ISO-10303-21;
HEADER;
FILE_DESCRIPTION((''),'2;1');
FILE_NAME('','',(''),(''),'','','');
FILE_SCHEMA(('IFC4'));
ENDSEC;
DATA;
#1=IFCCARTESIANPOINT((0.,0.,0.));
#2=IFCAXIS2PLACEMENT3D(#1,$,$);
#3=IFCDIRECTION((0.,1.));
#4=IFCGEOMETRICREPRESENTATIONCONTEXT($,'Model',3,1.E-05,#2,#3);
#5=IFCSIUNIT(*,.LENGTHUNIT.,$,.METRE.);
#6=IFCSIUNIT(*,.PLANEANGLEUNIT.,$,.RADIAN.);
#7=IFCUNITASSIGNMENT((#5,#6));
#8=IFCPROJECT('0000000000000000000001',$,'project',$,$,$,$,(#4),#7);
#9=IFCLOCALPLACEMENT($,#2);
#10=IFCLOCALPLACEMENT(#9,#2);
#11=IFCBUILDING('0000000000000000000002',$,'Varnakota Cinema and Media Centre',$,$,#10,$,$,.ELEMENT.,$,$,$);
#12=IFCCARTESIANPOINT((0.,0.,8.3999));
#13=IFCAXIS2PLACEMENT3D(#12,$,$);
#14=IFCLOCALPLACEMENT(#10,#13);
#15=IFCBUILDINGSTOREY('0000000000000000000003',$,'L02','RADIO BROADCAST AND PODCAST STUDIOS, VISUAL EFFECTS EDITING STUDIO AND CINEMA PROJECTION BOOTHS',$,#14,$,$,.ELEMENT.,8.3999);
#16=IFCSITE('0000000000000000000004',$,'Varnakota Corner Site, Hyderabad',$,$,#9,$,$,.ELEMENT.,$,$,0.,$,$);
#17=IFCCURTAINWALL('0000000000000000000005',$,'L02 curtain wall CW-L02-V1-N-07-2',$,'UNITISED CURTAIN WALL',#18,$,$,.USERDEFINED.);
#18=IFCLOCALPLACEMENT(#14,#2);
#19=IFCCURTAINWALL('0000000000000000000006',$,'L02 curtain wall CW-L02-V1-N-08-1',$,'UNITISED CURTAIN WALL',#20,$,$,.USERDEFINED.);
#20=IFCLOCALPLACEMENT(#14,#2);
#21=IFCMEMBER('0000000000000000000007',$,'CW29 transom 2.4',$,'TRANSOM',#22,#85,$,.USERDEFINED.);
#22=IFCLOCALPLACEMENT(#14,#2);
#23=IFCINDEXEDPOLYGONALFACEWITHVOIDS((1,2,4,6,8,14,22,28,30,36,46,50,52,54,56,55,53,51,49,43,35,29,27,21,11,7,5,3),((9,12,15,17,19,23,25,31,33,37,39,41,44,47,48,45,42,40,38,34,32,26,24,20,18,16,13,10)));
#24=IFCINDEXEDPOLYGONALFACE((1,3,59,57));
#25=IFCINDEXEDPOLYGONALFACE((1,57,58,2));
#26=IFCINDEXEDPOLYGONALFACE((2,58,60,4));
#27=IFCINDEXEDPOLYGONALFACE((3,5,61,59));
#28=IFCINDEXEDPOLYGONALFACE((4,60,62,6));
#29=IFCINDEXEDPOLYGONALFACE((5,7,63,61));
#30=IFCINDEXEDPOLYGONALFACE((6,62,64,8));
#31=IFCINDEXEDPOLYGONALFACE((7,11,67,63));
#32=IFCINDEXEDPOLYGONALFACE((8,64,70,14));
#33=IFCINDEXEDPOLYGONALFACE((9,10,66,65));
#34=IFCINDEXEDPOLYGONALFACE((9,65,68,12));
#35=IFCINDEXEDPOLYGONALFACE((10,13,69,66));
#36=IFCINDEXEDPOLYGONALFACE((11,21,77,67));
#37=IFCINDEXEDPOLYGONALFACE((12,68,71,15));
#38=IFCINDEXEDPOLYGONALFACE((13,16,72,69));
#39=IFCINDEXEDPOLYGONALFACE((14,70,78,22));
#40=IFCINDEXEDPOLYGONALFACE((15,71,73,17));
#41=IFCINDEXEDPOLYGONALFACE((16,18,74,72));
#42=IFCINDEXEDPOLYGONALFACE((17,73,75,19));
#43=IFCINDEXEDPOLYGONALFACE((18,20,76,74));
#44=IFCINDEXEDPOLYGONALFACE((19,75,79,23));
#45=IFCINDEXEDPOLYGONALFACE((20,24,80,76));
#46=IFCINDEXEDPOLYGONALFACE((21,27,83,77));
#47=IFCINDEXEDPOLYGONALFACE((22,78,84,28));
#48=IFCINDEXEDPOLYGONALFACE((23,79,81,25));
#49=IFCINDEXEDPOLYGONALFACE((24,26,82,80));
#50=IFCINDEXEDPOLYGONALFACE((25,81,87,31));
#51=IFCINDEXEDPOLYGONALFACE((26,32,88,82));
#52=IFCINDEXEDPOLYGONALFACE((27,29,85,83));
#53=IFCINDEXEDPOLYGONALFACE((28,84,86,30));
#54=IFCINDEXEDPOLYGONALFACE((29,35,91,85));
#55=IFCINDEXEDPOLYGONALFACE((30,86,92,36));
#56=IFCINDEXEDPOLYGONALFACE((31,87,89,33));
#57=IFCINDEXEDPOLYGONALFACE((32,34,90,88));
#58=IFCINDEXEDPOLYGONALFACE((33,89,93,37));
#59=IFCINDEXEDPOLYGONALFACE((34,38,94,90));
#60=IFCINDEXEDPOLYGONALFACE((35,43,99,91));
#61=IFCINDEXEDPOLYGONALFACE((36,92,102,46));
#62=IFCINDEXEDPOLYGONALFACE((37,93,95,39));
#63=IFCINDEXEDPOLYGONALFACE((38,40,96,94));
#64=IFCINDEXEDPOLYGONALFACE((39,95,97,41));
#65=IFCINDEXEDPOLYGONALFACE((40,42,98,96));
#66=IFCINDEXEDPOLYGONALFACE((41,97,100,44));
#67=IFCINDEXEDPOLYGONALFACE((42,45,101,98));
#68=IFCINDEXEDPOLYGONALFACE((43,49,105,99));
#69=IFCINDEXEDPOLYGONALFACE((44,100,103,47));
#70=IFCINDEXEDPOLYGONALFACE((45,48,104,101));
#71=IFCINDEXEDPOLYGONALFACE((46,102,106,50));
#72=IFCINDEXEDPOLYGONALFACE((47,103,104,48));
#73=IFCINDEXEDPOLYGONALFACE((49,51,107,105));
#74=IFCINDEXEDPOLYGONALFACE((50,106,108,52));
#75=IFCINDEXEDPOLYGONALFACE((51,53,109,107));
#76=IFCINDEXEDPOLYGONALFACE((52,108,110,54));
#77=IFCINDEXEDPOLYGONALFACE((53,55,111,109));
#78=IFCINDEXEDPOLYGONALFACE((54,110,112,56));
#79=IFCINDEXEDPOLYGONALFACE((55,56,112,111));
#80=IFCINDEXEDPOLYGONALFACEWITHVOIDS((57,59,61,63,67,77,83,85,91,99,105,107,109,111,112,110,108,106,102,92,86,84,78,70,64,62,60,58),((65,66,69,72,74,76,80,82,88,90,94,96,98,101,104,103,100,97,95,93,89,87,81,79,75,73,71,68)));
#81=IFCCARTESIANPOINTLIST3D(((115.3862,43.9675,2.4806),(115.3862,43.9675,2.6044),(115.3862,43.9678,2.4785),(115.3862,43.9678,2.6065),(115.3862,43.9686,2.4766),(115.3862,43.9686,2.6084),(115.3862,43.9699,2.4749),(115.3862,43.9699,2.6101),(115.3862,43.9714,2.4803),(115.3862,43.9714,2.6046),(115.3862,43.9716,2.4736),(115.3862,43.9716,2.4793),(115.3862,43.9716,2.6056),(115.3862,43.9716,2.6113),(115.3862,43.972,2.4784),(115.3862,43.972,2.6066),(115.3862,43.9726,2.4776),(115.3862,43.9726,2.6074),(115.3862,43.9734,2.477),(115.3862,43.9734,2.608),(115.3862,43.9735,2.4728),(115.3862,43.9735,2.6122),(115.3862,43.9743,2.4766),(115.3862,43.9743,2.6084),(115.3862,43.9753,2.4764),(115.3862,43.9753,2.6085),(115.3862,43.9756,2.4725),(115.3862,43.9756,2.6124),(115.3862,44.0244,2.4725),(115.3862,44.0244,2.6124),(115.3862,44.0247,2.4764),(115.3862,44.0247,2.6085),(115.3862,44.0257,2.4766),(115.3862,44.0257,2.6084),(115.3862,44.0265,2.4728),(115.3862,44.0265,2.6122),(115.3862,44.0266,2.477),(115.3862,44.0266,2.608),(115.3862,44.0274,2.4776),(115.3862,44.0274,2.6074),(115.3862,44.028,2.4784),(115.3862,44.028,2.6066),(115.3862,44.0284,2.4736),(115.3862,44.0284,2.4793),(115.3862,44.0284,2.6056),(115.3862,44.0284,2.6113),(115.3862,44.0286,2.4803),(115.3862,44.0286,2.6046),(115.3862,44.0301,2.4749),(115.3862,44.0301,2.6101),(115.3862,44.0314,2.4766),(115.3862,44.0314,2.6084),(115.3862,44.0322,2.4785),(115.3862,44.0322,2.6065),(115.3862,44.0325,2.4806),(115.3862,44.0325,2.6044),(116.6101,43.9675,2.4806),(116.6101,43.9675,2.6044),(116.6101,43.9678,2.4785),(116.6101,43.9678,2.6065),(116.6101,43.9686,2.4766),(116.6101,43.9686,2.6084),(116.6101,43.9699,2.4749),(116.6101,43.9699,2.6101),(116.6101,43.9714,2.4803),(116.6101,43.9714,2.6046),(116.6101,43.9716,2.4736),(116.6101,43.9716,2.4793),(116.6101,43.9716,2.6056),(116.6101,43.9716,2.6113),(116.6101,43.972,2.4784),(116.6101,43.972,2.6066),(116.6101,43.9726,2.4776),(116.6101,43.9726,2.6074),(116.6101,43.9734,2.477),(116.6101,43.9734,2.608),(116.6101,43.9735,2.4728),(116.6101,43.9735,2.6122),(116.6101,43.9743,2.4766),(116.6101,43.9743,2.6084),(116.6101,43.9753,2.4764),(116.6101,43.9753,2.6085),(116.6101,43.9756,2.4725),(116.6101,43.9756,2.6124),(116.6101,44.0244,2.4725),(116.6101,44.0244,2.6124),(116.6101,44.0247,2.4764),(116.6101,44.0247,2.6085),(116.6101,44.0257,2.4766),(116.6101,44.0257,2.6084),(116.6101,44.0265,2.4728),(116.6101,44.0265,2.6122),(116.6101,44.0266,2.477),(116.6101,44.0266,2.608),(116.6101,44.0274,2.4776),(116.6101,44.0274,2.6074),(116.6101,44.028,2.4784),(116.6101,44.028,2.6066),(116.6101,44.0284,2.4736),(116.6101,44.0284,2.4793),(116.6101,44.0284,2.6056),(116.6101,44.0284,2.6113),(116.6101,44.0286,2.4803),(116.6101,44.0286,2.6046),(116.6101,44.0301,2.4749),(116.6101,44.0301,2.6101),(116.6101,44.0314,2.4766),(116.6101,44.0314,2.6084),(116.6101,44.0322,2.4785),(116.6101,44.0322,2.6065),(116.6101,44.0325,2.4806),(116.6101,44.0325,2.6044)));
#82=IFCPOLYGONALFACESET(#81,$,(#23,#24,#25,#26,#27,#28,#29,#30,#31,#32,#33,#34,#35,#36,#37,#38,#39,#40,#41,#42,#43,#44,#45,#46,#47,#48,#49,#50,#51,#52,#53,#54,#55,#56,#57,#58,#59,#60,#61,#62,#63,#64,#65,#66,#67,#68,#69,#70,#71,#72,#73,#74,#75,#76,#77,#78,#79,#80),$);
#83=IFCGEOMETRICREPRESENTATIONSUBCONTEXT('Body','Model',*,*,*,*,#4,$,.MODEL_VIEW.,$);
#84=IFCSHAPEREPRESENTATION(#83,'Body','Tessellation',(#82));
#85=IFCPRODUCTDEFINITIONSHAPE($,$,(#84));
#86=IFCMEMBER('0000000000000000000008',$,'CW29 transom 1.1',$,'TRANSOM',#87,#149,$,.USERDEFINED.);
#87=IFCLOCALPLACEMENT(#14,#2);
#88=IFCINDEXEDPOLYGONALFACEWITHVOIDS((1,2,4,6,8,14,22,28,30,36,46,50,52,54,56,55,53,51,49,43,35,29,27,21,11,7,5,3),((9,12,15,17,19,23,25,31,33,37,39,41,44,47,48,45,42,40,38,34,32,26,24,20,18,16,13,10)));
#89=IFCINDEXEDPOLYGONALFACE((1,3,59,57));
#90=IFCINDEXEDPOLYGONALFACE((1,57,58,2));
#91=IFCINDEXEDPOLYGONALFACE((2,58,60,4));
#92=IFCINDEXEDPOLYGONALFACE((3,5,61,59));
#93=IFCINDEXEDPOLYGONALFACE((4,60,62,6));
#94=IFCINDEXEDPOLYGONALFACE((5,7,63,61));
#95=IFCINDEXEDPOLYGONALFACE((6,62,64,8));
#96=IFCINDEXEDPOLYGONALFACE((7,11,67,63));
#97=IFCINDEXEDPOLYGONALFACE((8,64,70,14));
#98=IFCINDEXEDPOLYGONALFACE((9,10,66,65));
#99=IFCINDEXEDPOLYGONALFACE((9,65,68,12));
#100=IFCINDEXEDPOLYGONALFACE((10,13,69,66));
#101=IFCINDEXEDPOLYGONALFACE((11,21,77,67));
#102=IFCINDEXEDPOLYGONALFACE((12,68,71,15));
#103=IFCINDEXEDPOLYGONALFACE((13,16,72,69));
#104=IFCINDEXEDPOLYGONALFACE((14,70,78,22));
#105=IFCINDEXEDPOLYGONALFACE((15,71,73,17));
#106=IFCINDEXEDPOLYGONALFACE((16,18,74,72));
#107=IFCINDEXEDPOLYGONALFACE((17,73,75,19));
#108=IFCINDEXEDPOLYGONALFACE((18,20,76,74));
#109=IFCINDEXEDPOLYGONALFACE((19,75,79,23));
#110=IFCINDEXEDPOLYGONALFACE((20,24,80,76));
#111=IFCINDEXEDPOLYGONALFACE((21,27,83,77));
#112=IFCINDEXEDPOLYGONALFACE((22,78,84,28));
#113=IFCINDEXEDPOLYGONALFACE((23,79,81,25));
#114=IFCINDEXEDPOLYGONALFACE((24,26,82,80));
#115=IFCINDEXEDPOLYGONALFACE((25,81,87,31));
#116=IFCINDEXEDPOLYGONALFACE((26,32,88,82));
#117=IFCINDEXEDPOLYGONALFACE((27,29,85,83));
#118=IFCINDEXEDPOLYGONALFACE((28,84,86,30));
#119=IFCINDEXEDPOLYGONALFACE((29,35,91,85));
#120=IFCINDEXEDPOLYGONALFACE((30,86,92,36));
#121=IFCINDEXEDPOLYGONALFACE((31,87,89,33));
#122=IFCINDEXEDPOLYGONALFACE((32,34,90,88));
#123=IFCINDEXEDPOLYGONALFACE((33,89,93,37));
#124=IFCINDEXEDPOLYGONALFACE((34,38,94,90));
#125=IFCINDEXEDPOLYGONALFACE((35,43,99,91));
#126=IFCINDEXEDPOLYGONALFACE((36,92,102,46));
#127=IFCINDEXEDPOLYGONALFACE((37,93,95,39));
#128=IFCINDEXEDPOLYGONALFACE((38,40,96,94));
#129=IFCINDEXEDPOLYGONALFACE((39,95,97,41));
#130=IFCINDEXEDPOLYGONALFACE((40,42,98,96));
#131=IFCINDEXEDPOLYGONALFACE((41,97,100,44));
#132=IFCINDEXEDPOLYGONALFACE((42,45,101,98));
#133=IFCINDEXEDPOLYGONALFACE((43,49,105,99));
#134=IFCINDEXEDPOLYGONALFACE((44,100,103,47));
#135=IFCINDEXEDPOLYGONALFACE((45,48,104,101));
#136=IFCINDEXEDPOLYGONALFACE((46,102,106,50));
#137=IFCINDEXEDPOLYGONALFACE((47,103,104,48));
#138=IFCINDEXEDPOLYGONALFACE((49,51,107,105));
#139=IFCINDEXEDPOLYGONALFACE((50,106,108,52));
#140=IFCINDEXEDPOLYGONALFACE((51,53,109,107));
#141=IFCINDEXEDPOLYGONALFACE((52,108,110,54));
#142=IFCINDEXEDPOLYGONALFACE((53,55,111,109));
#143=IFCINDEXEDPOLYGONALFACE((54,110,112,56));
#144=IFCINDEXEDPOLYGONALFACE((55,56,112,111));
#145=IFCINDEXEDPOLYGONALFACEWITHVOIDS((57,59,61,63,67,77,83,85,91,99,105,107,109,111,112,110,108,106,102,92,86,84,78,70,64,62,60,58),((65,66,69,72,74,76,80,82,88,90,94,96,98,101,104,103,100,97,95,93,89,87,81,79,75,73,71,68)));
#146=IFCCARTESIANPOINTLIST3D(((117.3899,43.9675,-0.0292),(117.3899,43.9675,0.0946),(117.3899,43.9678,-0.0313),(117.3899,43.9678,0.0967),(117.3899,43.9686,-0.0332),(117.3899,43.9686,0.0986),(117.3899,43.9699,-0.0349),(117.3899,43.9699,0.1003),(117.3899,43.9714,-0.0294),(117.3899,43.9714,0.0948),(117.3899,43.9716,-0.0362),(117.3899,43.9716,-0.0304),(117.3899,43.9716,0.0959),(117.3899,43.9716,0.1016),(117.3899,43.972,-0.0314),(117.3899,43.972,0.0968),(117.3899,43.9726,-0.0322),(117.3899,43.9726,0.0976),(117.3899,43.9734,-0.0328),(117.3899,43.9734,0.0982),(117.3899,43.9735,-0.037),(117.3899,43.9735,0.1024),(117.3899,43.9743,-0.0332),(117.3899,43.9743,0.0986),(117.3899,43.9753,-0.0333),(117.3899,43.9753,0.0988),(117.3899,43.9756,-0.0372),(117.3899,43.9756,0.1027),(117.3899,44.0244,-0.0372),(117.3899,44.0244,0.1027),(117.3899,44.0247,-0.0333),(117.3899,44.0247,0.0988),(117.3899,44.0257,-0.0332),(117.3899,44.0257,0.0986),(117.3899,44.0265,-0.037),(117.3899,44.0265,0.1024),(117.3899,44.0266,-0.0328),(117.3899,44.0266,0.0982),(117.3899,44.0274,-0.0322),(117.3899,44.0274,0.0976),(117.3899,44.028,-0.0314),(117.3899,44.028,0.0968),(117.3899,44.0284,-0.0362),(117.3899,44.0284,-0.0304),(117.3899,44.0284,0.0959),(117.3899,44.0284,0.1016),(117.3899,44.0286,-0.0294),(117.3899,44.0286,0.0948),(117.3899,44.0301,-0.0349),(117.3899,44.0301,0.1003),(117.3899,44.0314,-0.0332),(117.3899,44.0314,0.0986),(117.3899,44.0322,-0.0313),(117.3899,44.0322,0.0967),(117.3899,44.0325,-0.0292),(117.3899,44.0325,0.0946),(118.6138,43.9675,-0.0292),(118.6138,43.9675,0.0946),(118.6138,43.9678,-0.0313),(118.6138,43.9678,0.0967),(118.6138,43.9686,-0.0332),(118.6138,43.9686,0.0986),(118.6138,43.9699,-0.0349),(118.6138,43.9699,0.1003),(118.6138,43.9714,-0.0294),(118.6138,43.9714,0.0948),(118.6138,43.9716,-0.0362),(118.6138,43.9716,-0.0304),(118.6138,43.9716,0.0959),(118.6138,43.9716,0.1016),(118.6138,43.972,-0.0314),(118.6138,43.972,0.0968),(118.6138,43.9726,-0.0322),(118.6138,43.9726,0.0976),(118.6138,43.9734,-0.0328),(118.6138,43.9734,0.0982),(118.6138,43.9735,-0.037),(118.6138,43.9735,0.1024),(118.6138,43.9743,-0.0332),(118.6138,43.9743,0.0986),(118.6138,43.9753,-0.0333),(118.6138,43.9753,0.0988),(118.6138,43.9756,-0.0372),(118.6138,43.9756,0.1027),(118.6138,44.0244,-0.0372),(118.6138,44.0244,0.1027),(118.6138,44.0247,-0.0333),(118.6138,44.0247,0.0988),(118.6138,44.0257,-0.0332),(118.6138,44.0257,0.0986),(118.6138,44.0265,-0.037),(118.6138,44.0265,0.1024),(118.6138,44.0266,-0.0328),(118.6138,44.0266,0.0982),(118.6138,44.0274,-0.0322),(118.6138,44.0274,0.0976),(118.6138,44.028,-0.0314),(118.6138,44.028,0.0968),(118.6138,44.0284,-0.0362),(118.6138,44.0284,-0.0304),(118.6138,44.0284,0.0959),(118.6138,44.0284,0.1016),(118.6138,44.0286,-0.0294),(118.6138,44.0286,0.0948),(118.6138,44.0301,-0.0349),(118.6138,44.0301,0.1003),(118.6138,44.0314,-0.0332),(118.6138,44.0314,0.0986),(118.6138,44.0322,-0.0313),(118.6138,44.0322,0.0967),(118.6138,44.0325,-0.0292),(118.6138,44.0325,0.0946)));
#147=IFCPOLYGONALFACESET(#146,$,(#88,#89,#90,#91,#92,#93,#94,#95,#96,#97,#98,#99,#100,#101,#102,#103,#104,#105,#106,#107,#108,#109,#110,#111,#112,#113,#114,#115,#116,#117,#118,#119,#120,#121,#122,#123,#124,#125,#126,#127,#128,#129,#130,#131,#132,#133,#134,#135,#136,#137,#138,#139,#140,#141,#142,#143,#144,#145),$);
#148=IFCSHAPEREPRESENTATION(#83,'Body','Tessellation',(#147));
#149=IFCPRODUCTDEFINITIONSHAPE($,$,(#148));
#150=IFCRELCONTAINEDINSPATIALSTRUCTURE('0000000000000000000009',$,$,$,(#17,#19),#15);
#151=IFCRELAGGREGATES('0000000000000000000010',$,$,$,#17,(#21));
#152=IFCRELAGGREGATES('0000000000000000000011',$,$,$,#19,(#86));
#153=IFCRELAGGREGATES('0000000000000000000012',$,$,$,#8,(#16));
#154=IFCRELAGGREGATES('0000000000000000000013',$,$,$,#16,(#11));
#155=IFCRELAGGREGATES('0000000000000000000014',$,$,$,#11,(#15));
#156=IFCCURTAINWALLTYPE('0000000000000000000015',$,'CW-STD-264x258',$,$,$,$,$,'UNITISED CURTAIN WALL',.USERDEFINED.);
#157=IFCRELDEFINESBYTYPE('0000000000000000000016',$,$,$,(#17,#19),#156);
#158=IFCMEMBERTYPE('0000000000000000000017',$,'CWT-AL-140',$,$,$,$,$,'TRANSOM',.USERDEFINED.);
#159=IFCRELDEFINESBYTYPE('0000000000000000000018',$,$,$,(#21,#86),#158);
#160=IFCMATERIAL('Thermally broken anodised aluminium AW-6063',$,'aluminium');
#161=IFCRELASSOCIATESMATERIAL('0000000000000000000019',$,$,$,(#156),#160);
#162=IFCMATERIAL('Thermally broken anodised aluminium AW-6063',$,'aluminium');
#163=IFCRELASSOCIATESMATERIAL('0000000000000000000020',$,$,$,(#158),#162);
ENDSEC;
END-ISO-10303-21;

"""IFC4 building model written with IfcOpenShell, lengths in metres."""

from ifc_helpers import new_model, si_unit, direction, frame, origin, origin_2d, place, context, subcontext, project, spatial, hollow_rectangle, extrude, material, material_profile, profile_set, type_object, element, aggregate, save


model = new_model("IFC4")

# Units and contexts
model_context = context("Model", 3, precision=1e-05, world=origin(), true_north=direction((0.0, 1.0)))
body_context = subcontext(model_context, "Body", "Model", "MODEL_VIEW")
ifc_project = project(units=[si_unit("LENGTHUNIT", "METRE"), si_unit("PLANEANGLEUNIT", "RADIAN")], contexts=[model_context])

# Site, building, storey
site_placement = place(None, origin())
site = spatial("IfcSite", under=ifc_project, at=site_placement, Name="Varnakota Corner Site, Hyderabad", CompositionType="ELEMENT", RefElevation=0.0)
building_placement = place(site_placement, origin())
building = spatial("IfcBuilding", under=site, at=building_placement, Name="Varnakota Cinema and Media Centre", CompositionType="ELEMENT")
storey_placement = place(building_placement, frame((0.0, 0.0, 8.3999)))
storey = spatial("IfcBuildingStorey", under=building, at=storey_placement, Name="L02", Description="RADIO BROADCAST AND PODCAST STUDIOS, VISUAL EFFECTS EDITING STUDIO AND CINEMA PROJECTION BOOTHS", CompositionType="ELEMENT", Elevation=8.3999)

# Shared definitions
ifc_material_1 = material(Name="Thermally broken anodised aluminium AW-6063", Category="aluminium")
curtain_wall_type = type_object("IfcCurtainWallType", Name="CW-STD-264x258", ElementType="UNITISED CURTAIN WALL", PredefinedType="USERDEFINED", material=ifc_material_1)

# Curtain wall
curtain_wall_1_placement = place(storey_placement, origin())
curtain_wall_1 = element("IfcCurtainWall", 1, at=curtain_wall_1_placement, inside=storey, type_object=curtain_wall_type, Name="L02 curtain wall CW-L02-V1-N-07-2", ObjectType="UNITISED CURTAIN WALL", PredefinedType="USERDEFINED")

# Curtain wall
curtain_wall_2_placement = place(storey_placement, origin())
curtain_wall_2 = element("IfcCurtainWall", 2, at=curtain_wall_2_placement, inside=storey, type_object=curtain_wall_type, Name="L02 curtain wall CW-L02-V1-N-08-1", ObjectType="UNITISED CURTAIN WALL", PredefinedType="USERDEFINED")

# Members
ifc_material_2 = material(Name="Thermally broken anodised aluminium AW-6063", Category="aluminium")
ifc_material_profile_1 = material_profile(ifc_material_2, hollow_rectangle(XDim=0.0649, YDim=0.1399, WallThickness=0.0039, InnerFilletRadius=0.0039, OuterFilletRadius=0.0081, at=origin_2d()), Name="AL-TRANSOM 140x65x4")
ifc_profile_set_1 = profile_set([ifc_material_profile_1], Name="Thermally broken anodised aluminium AW-6063")
member_type_1 = type_object("IfcMemberType", Name="CWT-AL-140", ElementType="TRANSOM", PredefinedType="USERDEFINED", material=ifc_profile_set_1)
member_1_placement = place(storey_placement, frame((115.3862, 44.0, 2.5425), z_axis=(1.0, 0.0, 0.0), x_axis=(0.0, 1.0, 0.0)))
member_1 = element("IfcMember", 3, at=member_1_placement, type_object=member_type_1, Name="CW29 transom 2.4", ObjectType="TRANSOM", PredefinedType="USERDEFINED", context=body_context, shape_type="SweptSolid", body=[
    extrude(hollow_rectangle(XDim=0.0649, YDim=0.1399, WallThickness=0.0039, InnerFilletRadius=0.0039, OuterFilletRadius=0.0081, at=origin_2d()), origin(), (0.0, 0.0, 1.0), 1.2239),
])
member_2_placement = place(storey_placement, frame((117.3899, 44.0, 0.0327), z_axis=(1.0, 0.0, 0.0), x_axis=(0.0, 1.0, 0.0)))
member_2 = element("IfcMember", 4, at=member_2_placement, type_object=member_type_1, Name="CW29 transom 1.1", ObjectType="TRANSOM", PredefinedType="USERDEFINED", context=body_context, shape_type="SweptSolid", body=[
    extrude(hollow_rectangle(XDim=0.0649, YDim=0.1399, WallThickness=0.0039, InnerFilletRadius=0.0039, OuterFilletRadius=0.0081, at=origin_2d()), origin(), (0.0, 0.0, 1.0), 1.2239),
])

aggregate(curtain_wall_1, [member_1])
aggregate(curtain_wall_2, [member_2])

save(model, "model.ifc")
